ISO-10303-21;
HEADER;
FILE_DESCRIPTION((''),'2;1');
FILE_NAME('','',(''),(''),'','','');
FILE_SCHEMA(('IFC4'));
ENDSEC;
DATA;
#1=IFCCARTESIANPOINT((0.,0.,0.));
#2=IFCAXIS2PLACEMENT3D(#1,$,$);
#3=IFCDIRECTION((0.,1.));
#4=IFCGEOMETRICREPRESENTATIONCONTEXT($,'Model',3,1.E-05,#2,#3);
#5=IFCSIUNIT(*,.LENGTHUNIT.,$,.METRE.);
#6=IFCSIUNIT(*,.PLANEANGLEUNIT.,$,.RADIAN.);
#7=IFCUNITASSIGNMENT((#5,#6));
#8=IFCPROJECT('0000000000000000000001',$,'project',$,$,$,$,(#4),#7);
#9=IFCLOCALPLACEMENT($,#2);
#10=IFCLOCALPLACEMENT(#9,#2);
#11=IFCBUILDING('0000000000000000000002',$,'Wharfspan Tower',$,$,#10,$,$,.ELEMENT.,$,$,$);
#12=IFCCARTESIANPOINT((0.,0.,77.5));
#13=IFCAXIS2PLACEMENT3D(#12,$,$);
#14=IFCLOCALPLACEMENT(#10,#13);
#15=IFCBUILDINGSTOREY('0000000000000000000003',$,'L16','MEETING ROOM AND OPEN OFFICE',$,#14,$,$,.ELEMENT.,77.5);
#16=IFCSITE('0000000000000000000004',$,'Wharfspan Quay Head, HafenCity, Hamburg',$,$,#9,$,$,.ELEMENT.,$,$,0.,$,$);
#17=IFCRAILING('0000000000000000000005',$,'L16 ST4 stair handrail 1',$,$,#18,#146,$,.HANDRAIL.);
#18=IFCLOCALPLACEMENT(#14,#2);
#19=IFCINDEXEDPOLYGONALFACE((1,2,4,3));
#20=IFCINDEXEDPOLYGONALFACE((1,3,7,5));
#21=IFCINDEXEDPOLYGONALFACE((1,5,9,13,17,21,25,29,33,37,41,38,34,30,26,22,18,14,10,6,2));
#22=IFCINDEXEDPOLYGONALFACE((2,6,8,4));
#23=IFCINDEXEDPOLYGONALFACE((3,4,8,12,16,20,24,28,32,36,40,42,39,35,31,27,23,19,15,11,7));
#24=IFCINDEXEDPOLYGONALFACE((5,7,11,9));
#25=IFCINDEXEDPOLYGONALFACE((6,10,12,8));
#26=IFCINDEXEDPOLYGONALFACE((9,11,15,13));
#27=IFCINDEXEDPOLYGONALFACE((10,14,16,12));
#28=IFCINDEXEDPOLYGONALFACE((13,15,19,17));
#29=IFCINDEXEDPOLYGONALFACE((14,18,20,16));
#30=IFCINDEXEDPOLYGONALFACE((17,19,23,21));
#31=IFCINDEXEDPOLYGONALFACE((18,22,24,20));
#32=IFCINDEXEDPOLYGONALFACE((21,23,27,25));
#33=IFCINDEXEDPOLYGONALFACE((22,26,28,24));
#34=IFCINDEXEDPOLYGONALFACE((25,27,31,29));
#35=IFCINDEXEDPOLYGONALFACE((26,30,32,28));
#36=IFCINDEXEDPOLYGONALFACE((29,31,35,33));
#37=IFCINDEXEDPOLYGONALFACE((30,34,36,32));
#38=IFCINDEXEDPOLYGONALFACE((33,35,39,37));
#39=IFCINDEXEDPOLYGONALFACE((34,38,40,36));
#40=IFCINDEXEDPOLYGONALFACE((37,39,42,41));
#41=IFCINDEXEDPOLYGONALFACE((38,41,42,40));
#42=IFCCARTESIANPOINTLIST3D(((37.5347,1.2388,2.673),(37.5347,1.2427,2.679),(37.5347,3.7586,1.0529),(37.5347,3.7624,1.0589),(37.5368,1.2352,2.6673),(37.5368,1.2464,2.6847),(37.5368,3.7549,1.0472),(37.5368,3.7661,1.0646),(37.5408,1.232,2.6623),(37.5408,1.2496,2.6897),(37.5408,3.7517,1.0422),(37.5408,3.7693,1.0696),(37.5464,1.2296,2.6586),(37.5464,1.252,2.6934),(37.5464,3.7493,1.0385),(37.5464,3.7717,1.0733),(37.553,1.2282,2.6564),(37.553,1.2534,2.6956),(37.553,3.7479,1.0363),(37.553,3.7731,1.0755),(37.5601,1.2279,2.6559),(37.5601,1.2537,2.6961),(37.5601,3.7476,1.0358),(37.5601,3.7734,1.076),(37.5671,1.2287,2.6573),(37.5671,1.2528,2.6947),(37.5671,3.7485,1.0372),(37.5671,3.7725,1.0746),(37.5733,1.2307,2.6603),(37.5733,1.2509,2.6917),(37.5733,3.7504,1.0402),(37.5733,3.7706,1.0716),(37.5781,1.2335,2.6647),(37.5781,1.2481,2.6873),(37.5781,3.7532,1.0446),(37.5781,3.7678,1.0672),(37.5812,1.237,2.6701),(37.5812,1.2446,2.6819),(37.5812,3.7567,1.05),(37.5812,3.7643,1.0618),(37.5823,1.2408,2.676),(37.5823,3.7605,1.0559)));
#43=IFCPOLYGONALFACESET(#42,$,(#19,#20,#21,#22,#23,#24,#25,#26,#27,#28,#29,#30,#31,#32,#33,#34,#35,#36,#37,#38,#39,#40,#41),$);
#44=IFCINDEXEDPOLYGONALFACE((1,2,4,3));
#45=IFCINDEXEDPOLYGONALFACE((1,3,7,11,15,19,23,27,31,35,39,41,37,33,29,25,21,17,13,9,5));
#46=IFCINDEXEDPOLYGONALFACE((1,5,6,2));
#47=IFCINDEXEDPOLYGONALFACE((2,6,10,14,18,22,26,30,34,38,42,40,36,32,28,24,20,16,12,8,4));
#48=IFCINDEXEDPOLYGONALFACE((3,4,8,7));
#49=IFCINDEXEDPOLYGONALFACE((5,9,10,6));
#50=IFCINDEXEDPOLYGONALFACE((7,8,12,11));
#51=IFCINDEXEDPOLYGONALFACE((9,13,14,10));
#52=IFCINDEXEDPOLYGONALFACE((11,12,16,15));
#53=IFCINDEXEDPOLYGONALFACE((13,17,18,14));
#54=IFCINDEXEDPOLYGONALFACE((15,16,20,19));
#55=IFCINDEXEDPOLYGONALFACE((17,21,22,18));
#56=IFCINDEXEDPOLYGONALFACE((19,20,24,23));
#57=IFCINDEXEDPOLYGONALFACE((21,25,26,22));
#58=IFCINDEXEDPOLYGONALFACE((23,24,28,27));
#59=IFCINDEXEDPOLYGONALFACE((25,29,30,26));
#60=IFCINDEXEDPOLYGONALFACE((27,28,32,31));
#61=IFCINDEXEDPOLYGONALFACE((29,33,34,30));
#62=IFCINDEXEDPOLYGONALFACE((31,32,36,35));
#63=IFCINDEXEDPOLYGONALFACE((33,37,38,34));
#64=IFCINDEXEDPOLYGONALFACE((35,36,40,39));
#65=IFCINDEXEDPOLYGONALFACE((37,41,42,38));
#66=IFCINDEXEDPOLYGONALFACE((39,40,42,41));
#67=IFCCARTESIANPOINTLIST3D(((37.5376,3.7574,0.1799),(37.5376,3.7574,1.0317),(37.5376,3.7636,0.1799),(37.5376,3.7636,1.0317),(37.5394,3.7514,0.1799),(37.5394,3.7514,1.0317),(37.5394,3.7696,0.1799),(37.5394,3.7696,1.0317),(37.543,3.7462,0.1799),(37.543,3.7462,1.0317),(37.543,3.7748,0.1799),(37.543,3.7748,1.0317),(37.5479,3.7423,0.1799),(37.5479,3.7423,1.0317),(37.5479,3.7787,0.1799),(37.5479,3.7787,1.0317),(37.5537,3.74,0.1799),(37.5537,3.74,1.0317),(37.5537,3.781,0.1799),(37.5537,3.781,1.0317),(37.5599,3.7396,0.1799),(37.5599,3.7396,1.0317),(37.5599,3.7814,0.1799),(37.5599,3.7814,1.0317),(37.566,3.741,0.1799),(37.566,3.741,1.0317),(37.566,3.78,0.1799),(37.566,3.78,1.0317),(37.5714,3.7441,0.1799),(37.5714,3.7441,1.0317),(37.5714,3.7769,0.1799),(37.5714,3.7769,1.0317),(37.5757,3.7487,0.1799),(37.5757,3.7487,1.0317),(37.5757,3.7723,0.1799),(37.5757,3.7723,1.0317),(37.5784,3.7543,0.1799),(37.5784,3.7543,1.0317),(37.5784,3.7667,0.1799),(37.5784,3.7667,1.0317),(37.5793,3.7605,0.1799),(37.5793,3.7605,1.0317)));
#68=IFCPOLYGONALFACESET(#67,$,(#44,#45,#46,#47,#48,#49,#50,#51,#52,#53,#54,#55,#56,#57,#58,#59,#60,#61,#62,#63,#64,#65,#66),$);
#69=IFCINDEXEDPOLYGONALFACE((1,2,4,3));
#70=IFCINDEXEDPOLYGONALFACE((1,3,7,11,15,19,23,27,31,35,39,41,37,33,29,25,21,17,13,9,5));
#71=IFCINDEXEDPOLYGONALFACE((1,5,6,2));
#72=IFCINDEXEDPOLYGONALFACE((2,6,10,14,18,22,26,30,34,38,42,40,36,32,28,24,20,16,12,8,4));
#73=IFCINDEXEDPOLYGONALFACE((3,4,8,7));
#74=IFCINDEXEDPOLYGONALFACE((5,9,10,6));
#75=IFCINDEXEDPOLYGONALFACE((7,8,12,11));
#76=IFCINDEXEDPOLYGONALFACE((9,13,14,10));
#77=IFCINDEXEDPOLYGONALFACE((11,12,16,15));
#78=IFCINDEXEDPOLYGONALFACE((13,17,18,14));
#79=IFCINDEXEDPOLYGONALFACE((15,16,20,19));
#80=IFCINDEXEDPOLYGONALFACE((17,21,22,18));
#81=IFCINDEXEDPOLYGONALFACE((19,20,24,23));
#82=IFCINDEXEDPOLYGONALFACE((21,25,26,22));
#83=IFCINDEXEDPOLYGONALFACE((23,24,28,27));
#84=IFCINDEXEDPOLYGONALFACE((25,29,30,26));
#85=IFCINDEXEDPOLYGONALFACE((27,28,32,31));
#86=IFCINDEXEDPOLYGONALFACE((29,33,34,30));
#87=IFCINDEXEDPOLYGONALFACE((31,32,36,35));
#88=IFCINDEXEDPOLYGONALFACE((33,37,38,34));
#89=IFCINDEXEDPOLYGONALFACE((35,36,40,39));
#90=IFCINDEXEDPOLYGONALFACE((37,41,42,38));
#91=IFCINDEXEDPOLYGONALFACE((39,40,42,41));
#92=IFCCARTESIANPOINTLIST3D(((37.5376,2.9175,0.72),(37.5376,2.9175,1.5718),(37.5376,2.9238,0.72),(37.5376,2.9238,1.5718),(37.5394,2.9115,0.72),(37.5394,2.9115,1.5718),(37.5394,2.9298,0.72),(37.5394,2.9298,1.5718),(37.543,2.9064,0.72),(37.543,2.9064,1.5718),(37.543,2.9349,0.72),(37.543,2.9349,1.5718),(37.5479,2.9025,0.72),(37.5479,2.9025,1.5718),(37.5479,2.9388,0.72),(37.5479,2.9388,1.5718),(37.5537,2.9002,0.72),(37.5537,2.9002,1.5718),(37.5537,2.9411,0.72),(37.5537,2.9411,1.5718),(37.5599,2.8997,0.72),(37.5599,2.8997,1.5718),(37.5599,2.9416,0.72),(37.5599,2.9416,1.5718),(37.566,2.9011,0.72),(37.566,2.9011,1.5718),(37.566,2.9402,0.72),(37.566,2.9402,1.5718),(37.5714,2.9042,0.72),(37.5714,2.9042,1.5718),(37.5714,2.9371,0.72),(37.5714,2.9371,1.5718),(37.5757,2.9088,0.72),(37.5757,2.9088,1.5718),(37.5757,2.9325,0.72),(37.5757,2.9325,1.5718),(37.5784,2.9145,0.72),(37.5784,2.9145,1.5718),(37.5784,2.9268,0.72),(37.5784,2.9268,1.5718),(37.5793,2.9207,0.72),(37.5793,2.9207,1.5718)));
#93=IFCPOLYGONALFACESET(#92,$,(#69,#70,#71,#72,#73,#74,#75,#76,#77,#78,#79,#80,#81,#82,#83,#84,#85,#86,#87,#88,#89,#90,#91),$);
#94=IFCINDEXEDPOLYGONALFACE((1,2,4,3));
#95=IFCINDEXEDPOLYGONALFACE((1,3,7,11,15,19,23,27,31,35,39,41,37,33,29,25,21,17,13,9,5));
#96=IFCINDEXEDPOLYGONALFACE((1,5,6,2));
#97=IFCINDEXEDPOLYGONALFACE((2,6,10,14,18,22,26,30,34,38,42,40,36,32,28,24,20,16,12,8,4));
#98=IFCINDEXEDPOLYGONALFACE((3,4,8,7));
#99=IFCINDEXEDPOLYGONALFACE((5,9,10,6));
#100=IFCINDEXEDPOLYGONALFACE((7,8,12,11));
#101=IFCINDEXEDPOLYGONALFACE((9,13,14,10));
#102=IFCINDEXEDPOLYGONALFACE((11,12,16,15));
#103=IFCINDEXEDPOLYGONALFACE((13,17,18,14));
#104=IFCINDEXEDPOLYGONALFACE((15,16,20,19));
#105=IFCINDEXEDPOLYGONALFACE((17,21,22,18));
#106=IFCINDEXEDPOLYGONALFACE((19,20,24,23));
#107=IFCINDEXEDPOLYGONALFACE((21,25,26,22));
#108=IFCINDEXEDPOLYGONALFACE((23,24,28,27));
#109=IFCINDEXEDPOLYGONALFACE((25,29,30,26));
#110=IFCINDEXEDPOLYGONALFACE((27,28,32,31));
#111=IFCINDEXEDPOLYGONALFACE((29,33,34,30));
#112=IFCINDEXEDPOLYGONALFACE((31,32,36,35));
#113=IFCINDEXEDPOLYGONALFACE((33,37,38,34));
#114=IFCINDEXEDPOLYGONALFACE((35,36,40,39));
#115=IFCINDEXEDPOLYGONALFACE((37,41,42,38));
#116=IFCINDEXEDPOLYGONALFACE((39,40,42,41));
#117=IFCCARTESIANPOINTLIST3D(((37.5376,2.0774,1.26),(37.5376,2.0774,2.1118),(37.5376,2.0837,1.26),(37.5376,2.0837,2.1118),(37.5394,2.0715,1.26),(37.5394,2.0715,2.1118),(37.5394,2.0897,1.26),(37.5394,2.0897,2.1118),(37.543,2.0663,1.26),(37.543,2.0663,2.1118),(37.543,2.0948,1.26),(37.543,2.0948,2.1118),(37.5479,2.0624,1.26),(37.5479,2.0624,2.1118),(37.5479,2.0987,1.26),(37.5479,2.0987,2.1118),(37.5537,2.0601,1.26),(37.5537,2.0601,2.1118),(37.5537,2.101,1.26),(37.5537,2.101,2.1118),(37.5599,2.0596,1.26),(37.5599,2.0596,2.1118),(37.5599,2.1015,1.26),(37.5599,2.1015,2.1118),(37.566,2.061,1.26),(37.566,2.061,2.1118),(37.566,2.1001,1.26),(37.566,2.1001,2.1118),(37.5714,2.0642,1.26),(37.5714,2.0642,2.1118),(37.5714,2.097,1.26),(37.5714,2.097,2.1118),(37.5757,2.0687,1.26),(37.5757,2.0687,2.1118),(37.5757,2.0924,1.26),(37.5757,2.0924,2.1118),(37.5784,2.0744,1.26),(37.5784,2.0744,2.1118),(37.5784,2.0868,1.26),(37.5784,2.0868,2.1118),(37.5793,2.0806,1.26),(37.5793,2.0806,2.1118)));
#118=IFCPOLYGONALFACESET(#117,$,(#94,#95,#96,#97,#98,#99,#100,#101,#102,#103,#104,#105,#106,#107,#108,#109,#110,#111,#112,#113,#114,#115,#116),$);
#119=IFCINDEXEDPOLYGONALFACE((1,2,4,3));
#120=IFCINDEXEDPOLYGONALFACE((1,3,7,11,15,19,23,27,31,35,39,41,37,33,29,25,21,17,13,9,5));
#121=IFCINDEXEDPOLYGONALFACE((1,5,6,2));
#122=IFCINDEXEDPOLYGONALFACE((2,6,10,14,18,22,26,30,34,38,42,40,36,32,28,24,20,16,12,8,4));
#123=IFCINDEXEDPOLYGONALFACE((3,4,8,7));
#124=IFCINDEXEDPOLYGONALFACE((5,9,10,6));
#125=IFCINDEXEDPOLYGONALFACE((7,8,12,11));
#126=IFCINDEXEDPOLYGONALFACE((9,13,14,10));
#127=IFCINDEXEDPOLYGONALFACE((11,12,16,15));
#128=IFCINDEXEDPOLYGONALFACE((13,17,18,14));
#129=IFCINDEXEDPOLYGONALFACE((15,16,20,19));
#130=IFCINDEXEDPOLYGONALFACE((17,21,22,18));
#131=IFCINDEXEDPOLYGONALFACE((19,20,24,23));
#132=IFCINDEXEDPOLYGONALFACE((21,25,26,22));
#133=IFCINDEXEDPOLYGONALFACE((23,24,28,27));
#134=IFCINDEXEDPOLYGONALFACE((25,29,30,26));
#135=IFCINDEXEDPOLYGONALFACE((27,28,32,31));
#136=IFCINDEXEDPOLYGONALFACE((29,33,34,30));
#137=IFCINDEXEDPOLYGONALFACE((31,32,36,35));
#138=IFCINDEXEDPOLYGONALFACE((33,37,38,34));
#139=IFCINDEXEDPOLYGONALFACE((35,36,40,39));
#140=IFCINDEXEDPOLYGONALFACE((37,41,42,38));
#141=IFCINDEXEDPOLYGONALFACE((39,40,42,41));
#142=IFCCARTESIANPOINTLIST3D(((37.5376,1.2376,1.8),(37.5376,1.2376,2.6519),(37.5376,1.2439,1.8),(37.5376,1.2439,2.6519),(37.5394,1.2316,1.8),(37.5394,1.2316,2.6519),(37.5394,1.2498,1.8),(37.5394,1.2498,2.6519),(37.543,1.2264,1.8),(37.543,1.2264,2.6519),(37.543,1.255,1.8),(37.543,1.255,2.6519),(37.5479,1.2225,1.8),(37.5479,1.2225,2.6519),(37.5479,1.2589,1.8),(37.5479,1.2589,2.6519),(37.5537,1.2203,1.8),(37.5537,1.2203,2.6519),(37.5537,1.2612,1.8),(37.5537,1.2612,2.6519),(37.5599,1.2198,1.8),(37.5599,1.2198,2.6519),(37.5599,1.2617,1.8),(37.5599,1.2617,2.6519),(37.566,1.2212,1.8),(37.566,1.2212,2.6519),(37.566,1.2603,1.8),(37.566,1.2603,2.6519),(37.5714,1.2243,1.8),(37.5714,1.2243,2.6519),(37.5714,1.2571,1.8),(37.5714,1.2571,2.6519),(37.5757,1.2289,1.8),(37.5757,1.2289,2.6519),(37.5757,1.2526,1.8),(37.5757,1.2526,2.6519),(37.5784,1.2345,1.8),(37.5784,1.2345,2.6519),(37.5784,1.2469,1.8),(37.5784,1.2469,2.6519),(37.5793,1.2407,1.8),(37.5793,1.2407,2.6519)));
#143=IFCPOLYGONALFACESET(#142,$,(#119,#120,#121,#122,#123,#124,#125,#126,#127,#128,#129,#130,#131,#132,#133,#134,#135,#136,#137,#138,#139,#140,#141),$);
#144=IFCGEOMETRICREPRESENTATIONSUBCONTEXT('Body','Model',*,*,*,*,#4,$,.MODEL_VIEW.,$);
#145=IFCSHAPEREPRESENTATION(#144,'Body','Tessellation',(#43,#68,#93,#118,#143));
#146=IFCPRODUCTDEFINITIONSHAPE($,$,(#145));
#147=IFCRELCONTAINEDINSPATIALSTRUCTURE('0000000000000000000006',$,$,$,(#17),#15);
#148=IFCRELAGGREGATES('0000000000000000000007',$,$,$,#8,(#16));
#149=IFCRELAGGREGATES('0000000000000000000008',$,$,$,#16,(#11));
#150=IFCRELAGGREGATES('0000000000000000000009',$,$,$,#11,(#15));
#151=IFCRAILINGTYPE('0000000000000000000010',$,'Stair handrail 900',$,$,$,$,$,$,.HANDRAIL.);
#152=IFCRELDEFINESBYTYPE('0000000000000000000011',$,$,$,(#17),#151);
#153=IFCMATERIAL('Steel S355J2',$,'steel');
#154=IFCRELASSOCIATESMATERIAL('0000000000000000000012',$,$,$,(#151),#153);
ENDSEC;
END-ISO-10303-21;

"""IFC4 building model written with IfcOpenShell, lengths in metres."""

from ifc_helpers import new_model, si_unit, direction, frame, origin, origin_2d, place, context, subcontext, project, spatial, circle, extrude, material, type_object, element, save


model = new_model("IFC4")

# Units and contexts
model_context = context("Model", 3, precision=1e-05, world=origin(), true_north=direction((0.0, 1.0)))
body_context = subcontext(model_context, "Body", "Model", "MODEL_VIEW")
ifc_project = project(units=[si_unit("LENGTHUNIT", "METRE"), si_unit("PLANEANGLEUNIT", "RADIAN")], contexts=[model_context])

# Site, building, storey
site_placement = place(None, origin())
site = spatial("IfcSite", under=ifc_project, at=site_placement, Name="Wharfspan Quay Head, HafenCity, Hamburg", CompositionType="ELEMENT", RefElevation=0.0)
building_placement = place(site_placement, origin())
building = spatial("IfcBuilding", under=site, at=building_placement, Name="Wharfspan Tower", CompositionType="ELEMENT")
storey_placement = place(building_placement, frame((0.0, 0.0, 77.5)))
storey = spatial("IfcBuildingStorey", under=building, at=storey_placement, Name="L16", Description="MEETING ROOM AND OPEN OFFICE", CompositionType="ELEMENT", Elevation=77.5)

# Railing
ifc_material_1 = material(Name="Steel S355J2", Category="steel")
railing_type_1 = type_object("IfcRailingType", Name="Stair handrail 900", PredefinedType="HANDRAIL", material=ifc_material_1)
railing_1_placement = place(storey_placement, frame((37.5583, 3.7605, 0.1799)))
element("IfcRailing", 1, at=railing_1_placement, inside=storey, type_object=railing_type_1, Name="L16 ST4 stair handrail 1", PredefinedType="HANDRAIL", context=body_context, shape_type="SweptSolid", body=[
    extrude(circle(Radius=0.0239, at=origin_2d()), frame((0.0, 0.0, 0.876), z_axis=(0.0, -0.841139, 0.540819), x_axis=(1.0, 0.0, 0.0)), (0.0, 0.0, 1.0), 2.9956),
    extrude(circle(Radius=0.021, at=origin_2d()), origin(), (0.0, 0.0, 1.0), 0.8518),
    extrude(circle(Radius=0.021, at=origin_2d()), frame((0.0, -0.8398, 0.54)), (0.0, 0.0, 1.0), 0.8518),
    extrude(circle(Radius=0.021, at=origin_2d()), frame((0.0, -1.6799, 1.0801)), (0.0, 0.0, 1.0), 0.8518),
    extrude(circle(Radius=0.021, at=origin_2d()), frame((0.0, -2.5198, 1.6201)), (0.0, 0.0, 1.0), 0.8518),
])

save(model, "model.ifc")
